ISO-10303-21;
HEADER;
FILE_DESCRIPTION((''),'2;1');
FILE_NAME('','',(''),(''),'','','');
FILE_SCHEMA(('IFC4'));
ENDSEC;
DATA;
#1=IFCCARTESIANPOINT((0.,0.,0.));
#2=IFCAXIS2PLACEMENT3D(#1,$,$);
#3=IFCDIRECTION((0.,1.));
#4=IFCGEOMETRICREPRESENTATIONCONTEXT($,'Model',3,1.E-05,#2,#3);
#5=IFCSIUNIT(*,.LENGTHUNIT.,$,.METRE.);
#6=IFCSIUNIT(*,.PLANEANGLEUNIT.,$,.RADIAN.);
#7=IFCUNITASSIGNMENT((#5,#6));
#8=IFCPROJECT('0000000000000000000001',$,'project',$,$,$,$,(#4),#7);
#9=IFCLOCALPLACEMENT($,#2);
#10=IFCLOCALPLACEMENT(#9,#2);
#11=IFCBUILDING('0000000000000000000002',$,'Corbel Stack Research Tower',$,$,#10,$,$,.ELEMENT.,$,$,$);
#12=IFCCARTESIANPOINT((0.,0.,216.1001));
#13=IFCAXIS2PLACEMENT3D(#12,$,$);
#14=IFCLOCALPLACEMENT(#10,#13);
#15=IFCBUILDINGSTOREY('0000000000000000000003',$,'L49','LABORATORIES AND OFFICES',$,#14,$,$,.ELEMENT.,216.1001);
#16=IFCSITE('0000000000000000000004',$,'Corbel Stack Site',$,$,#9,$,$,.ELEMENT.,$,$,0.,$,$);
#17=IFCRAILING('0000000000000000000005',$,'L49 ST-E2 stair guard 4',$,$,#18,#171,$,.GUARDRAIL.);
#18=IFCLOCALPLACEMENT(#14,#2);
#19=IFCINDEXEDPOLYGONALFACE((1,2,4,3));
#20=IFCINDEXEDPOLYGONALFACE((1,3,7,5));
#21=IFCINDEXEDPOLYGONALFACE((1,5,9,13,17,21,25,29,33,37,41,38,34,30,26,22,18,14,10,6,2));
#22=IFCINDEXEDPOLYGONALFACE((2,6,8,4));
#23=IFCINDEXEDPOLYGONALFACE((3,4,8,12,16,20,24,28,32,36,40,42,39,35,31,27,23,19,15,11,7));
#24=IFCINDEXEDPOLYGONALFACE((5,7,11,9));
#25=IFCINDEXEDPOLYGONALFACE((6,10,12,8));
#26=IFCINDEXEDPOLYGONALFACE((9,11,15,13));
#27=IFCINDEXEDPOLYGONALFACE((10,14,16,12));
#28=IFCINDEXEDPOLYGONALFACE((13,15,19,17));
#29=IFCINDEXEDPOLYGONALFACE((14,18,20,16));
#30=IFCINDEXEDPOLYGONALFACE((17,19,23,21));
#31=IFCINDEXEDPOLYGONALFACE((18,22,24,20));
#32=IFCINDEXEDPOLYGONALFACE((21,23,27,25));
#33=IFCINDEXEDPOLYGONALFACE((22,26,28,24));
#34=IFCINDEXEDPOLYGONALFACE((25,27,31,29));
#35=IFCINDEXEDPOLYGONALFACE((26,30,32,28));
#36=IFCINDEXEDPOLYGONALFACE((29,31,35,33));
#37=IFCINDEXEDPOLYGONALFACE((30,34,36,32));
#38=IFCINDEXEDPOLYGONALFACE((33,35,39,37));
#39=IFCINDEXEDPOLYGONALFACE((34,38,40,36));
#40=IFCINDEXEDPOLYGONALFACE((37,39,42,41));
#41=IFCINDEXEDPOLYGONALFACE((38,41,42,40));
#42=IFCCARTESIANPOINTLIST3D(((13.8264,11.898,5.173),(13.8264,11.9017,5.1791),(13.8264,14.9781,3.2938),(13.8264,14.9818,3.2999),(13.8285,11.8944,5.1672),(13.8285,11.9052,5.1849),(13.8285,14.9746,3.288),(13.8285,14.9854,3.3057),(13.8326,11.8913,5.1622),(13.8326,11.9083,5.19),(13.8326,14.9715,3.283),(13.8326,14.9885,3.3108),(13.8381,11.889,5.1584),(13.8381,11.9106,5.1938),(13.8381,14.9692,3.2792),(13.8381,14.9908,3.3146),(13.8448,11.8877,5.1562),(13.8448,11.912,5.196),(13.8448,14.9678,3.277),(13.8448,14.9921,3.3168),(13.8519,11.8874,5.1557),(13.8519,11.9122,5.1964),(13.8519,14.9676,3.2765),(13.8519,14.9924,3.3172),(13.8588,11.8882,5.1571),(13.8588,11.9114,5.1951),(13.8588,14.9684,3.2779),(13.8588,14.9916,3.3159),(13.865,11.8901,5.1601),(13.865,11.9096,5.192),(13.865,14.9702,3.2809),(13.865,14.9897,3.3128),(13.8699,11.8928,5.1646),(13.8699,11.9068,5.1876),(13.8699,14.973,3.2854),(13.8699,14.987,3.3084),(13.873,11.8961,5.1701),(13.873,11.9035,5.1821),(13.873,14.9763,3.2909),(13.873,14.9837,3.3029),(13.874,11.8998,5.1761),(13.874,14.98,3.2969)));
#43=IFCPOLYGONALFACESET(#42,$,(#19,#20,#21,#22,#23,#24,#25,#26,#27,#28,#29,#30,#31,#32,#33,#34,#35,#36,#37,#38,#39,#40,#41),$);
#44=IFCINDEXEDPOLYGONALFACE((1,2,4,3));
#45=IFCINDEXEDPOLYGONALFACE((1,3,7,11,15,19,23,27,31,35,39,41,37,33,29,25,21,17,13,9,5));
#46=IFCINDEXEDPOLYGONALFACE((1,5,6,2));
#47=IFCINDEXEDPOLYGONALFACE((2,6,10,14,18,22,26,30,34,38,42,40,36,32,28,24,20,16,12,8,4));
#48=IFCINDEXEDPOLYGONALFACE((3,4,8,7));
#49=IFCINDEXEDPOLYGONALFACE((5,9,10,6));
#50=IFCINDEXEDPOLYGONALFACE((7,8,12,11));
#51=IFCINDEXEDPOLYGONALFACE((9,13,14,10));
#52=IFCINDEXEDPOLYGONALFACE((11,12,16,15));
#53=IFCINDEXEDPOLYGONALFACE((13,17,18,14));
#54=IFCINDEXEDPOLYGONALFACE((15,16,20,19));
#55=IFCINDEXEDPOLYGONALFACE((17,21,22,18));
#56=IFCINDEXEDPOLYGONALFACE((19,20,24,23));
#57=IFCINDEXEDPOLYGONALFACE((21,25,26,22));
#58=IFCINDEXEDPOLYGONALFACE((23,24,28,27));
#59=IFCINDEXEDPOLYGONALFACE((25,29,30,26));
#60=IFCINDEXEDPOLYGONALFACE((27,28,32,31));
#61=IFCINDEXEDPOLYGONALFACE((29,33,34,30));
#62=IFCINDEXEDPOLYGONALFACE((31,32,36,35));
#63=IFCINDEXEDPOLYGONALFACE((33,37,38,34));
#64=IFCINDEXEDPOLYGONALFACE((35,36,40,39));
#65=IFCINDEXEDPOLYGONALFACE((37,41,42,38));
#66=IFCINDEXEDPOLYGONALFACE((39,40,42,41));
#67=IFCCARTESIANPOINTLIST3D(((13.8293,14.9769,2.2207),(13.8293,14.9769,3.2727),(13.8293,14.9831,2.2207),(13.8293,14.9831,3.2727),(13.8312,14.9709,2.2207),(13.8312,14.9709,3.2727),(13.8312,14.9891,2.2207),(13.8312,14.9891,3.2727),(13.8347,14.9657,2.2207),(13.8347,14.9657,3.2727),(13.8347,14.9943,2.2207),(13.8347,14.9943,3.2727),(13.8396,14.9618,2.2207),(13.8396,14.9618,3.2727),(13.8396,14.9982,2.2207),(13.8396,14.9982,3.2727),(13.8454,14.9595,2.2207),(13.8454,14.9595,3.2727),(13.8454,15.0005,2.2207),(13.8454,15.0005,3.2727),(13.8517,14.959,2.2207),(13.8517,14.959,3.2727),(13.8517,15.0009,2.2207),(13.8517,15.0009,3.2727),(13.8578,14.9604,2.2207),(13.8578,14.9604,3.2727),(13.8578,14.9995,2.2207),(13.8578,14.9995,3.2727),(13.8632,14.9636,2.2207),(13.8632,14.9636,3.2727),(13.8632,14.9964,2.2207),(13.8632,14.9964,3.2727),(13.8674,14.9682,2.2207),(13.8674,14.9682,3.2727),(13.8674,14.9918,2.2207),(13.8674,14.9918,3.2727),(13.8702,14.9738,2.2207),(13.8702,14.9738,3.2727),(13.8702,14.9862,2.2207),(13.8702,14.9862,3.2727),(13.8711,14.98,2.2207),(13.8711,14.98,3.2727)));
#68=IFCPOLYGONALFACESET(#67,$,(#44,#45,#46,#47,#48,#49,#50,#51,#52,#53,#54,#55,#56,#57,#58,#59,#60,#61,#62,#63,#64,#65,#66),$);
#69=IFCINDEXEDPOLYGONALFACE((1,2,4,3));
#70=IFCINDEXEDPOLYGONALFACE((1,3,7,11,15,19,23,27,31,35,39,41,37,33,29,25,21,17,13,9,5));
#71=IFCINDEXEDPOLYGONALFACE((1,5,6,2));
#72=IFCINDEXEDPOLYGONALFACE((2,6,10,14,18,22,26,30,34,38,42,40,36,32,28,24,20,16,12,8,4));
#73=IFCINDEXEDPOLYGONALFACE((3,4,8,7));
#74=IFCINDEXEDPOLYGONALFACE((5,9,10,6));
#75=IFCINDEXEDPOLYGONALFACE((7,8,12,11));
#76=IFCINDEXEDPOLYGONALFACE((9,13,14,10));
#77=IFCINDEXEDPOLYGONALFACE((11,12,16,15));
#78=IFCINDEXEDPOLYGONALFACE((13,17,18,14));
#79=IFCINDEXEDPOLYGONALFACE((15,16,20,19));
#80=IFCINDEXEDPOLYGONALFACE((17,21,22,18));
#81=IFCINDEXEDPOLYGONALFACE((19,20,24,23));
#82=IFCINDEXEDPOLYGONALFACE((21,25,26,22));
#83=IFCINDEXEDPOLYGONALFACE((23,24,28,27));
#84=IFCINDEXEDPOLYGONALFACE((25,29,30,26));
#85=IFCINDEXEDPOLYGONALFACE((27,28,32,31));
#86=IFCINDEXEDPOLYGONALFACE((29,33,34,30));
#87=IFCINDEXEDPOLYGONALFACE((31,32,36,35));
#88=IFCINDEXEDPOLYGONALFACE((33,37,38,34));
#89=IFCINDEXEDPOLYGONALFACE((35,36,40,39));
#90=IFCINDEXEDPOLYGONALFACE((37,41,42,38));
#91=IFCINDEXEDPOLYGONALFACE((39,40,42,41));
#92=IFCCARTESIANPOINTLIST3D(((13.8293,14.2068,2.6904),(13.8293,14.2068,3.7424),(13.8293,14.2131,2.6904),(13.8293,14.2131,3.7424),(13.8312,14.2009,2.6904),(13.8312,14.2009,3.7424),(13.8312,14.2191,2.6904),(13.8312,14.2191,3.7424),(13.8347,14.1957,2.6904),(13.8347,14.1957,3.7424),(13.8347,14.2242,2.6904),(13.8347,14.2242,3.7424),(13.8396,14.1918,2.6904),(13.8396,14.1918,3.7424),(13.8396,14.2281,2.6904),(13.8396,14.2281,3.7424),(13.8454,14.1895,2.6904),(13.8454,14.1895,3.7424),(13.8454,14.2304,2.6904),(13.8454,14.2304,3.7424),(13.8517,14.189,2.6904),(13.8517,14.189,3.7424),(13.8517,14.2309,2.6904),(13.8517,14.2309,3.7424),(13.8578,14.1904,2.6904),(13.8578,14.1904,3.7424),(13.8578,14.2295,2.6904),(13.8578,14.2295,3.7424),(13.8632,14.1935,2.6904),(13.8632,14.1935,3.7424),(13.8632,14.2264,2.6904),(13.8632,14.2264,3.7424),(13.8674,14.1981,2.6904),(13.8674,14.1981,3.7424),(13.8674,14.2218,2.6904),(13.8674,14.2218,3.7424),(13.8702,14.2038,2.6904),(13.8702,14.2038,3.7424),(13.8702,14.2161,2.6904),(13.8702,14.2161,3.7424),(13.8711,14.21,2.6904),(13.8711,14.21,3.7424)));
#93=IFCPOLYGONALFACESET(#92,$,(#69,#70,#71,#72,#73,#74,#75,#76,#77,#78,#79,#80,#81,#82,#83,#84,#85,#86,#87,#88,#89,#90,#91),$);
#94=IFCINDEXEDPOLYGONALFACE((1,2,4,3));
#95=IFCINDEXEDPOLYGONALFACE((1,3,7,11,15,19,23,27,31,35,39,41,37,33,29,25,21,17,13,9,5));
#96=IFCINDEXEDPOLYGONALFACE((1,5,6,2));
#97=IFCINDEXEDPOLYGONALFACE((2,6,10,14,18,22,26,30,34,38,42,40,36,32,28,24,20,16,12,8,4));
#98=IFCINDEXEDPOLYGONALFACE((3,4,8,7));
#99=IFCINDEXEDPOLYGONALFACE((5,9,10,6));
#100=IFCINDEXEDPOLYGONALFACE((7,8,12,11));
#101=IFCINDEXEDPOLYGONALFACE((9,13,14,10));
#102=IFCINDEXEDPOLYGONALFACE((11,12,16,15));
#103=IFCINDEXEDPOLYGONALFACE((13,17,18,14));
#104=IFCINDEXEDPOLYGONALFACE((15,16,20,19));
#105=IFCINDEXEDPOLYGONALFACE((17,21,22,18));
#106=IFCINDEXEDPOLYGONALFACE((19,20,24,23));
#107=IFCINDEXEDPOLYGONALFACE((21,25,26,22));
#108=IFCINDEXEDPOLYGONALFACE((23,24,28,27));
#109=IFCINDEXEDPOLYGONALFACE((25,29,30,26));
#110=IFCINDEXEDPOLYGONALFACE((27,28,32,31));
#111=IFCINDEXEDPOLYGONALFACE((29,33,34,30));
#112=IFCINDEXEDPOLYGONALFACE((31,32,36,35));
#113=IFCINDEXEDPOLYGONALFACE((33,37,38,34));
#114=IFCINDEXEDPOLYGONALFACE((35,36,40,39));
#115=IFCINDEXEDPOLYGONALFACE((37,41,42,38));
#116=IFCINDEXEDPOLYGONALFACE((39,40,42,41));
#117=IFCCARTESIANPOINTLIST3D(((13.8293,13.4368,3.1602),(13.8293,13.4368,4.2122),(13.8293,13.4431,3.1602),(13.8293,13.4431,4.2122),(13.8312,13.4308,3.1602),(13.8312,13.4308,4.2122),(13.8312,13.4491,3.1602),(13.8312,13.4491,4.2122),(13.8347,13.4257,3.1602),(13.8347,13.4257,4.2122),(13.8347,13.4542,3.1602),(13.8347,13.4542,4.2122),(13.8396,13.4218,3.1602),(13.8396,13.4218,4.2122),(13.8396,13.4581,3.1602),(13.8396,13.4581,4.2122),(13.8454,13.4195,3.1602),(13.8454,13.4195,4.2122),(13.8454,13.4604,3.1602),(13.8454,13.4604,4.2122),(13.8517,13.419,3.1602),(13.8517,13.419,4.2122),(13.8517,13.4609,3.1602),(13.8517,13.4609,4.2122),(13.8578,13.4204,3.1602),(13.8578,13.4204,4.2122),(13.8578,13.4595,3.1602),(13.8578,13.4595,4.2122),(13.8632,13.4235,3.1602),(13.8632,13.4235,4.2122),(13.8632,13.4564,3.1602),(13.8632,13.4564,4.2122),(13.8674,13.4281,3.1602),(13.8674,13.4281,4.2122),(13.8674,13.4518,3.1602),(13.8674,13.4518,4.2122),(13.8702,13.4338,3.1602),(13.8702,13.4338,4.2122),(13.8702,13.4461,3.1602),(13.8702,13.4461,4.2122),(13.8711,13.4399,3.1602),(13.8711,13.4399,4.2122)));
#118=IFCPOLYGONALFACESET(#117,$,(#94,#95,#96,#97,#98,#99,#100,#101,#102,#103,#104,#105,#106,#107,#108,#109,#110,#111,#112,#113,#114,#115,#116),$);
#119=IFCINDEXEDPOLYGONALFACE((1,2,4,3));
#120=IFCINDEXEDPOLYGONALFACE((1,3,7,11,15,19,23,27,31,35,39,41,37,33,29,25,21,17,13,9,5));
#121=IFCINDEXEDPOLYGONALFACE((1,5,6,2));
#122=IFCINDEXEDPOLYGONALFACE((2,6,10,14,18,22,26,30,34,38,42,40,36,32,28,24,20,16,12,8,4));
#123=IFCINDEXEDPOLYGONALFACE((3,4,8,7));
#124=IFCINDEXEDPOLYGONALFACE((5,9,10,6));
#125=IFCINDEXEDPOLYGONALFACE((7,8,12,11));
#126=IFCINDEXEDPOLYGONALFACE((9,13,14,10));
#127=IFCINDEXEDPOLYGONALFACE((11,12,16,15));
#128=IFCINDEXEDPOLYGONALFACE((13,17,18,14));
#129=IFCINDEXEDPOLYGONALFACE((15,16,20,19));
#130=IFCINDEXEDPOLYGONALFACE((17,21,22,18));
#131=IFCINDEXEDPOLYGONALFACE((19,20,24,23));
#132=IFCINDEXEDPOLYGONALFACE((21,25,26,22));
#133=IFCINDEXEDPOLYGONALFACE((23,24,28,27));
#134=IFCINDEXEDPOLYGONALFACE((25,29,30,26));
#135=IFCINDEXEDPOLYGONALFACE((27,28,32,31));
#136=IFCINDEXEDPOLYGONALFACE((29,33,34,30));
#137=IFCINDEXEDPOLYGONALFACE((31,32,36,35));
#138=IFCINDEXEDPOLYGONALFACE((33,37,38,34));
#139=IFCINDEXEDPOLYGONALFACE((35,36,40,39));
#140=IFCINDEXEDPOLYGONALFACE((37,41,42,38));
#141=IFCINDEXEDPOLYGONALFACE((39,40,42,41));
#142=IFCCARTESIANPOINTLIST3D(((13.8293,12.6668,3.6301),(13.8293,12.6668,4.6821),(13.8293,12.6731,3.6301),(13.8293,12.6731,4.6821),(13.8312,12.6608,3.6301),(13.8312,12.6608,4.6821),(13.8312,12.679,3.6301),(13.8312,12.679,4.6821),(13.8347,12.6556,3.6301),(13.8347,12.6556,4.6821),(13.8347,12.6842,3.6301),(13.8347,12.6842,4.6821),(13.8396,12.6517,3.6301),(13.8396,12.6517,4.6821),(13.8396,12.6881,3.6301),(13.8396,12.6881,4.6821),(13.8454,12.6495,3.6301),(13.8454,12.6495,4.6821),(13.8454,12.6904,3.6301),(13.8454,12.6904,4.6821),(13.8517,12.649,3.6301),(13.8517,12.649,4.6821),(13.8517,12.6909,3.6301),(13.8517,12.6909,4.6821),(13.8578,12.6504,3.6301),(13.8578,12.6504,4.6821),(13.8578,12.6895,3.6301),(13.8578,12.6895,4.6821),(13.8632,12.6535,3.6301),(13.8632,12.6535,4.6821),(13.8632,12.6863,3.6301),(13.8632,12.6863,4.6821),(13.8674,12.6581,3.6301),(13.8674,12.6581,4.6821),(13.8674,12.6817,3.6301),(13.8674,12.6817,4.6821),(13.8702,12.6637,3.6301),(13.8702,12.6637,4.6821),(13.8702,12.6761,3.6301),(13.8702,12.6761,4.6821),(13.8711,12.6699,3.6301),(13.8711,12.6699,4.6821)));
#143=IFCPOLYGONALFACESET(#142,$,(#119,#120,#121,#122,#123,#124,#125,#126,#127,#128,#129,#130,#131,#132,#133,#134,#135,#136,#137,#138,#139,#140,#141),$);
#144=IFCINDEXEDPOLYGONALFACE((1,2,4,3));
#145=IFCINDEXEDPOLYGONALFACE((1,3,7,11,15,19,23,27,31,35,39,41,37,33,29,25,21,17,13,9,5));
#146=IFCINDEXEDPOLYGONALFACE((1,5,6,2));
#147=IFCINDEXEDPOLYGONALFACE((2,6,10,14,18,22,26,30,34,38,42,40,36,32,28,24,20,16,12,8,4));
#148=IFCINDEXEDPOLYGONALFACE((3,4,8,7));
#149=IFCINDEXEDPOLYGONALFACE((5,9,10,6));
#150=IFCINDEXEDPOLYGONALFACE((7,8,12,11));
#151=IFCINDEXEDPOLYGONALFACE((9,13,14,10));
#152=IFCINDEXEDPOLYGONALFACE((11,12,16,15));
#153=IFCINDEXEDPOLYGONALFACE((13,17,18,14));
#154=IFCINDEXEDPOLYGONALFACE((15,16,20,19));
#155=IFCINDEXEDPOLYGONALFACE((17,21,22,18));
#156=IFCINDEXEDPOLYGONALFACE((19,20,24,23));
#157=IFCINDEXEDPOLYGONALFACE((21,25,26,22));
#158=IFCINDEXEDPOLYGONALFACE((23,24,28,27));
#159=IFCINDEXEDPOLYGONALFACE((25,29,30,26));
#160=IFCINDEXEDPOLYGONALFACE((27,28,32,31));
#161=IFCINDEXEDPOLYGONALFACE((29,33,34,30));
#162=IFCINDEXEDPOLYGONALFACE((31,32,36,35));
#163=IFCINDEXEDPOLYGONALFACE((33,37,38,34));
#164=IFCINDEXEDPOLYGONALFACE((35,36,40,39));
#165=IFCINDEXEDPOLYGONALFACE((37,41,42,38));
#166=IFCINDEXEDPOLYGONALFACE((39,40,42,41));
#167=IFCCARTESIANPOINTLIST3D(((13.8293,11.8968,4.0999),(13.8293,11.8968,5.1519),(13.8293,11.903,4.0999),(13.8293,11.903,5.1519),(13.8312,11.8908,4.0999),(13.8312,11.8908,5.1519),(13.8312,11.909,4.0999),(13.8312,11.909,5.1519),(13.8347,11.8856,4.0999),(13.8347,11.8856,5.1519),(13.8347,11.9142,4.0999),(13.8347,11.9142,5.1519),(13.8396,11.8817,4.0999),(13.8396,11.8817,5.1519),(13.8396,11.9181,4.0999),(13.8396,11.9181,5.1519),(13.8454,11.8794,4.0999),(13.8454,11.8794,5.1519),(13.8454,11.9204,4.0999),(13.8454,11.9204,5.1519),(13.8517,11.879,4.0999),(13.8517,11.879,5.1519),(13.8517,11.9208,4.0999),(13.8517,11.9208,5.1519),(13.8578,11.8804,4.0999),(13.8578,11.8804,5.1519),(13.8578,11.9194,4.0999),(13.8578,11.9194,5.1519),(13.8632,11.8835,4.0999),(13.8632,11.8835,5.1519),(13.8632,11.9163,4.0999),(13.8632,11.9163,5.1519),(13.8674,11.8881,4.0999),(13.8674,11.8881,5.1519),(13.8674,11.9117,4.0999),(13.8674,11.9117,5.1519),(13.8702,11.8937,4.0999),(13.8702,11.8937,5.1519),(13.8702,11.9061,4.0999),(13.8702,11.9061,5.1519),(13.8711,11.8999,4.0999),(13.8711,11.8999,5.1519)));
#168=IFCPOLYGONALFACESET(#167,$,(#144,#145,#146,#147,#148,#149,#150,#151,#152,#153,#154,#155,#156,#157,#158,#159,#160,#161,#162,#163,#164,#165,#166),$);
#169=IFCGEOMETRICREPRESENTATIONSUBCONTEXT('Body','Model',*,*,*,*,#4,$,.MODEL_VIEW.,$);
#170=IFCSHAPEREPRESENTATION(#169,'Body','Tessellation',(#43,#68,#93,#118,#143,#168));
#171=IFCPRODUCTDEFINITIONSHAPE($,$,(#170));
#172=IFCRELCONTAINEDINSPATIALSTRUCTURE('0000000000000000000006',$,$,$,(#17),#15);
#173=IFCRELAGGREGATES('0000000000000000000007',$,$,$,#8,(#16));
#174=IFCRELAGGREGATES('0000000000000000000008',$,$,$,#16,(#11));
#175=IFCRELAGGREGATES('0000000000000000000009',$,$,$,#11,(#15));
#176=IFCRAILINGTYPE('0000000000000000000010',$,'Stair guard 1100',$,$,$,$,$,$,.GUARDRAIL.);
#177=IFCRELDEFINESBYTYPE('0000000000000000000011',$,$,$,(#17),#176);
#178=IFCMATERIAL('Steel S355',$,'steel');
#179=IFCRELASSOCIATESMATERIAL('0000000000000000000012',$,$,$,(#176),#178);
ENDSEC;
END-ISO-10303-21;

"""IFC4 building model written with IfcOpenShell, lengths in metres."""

from ifc_helpers import new_model, si_unit, direction, frame, origin, origin_2d, place, context, subcontext, project, spatial, circle, extrude, material, type_object, element, save


model = new_model("IFC4")

# Units and contexts
model_context = context("Model", 3, precision=1e-05, world=origin(), true_north=direction((0.0, 1.0)))
body_context = subcontext(model_context, "Body", "Model", "MODEL_VIEW")
ifc_project = project(units=[si_unit("LENGTHUNIT", "METRE"), si_unit("PLANEANGLEUNIT", "RADIAN")], contexts=[model_context])

# Site, building, storey
site_placement = place(None, origin())
site = spatial("IfcSite", under=ifc_project, at=site_placement, Name="Corbel Stack Site", CompositionType="ELEMENT", RefElevation=0.0)
building_placement = place(site_placement, origin())
building = spatial("IfcBuilding", under=site, at=building_placement, Name="Corbel Stack Research Tower", CompositionType="ELEMENT")
storey_placement = place(building_placement, frame((0.0, 0.0, 216.1001)))
storey = spatial("IfcBuildingStorey", under=building, at=storey_placement, Name="L49", Description="LABORATORIES AND OFFICES", CompositionType="ELEMENT", Elevation=216.1001)

# Railing
ifc_material_1 = material(Name="Steel S355", Category="steel")
railing_type_1 = type_object("IfcRailingType", Name="Stair guard 1100", PredefinedType="GUARDRAIL", material=ifc_material_1)
railing_1_placement = place(storey_placement, frame((13.8501, 14.98, 2.2207)))
element("IfcRailing", 1, at=railing_1_placement, inside=storey, type_object=railing_type_1, Name="L49 ST-E2 stair guard 4", PredefinedType="GUARDRAIL", context=body_context, shape_type="SweptSolid", body=[
    extrude(circle(Radius=0.0239, at=origin_2d()), frame((0.0, 0.0, 1.0762), z_axis=(0.0, -0.853666, 0.52082), x_axis=(1.0, 0.0, 0.0)), (0.0, 0.0, 1.0), 3.6082),
    extrude(circle(Radius=0.021, at=origin_2d()), origin(), (0.0, 0.0, 1.0), 1.052),
    extrude(circle(Radius=0.021, at=origin_2d()), frame((0.0, -0.77, 0.4697)), (0.0, 0.0, 1.0), 1.052),
    extrude(circle(Radius=0.021, at=origin_2d()), frame((0.0, -1.54, 0.9395)), (0.0, 0.0, 1.0), 1.052),
    extrude(circle(Radius=0.021, at=origin_2d()), frame((0.0, -2.3101, 1.4094)), (0.0, 0.0, 1.0), 1.052),
    extrude(circle(Radius=0.021, at=origin_2d()), frame((0.0, -3.0801, 1.8792)), (0.0, 0.0, 1.0), 1.052),
])

save(model, "model.ifc")
